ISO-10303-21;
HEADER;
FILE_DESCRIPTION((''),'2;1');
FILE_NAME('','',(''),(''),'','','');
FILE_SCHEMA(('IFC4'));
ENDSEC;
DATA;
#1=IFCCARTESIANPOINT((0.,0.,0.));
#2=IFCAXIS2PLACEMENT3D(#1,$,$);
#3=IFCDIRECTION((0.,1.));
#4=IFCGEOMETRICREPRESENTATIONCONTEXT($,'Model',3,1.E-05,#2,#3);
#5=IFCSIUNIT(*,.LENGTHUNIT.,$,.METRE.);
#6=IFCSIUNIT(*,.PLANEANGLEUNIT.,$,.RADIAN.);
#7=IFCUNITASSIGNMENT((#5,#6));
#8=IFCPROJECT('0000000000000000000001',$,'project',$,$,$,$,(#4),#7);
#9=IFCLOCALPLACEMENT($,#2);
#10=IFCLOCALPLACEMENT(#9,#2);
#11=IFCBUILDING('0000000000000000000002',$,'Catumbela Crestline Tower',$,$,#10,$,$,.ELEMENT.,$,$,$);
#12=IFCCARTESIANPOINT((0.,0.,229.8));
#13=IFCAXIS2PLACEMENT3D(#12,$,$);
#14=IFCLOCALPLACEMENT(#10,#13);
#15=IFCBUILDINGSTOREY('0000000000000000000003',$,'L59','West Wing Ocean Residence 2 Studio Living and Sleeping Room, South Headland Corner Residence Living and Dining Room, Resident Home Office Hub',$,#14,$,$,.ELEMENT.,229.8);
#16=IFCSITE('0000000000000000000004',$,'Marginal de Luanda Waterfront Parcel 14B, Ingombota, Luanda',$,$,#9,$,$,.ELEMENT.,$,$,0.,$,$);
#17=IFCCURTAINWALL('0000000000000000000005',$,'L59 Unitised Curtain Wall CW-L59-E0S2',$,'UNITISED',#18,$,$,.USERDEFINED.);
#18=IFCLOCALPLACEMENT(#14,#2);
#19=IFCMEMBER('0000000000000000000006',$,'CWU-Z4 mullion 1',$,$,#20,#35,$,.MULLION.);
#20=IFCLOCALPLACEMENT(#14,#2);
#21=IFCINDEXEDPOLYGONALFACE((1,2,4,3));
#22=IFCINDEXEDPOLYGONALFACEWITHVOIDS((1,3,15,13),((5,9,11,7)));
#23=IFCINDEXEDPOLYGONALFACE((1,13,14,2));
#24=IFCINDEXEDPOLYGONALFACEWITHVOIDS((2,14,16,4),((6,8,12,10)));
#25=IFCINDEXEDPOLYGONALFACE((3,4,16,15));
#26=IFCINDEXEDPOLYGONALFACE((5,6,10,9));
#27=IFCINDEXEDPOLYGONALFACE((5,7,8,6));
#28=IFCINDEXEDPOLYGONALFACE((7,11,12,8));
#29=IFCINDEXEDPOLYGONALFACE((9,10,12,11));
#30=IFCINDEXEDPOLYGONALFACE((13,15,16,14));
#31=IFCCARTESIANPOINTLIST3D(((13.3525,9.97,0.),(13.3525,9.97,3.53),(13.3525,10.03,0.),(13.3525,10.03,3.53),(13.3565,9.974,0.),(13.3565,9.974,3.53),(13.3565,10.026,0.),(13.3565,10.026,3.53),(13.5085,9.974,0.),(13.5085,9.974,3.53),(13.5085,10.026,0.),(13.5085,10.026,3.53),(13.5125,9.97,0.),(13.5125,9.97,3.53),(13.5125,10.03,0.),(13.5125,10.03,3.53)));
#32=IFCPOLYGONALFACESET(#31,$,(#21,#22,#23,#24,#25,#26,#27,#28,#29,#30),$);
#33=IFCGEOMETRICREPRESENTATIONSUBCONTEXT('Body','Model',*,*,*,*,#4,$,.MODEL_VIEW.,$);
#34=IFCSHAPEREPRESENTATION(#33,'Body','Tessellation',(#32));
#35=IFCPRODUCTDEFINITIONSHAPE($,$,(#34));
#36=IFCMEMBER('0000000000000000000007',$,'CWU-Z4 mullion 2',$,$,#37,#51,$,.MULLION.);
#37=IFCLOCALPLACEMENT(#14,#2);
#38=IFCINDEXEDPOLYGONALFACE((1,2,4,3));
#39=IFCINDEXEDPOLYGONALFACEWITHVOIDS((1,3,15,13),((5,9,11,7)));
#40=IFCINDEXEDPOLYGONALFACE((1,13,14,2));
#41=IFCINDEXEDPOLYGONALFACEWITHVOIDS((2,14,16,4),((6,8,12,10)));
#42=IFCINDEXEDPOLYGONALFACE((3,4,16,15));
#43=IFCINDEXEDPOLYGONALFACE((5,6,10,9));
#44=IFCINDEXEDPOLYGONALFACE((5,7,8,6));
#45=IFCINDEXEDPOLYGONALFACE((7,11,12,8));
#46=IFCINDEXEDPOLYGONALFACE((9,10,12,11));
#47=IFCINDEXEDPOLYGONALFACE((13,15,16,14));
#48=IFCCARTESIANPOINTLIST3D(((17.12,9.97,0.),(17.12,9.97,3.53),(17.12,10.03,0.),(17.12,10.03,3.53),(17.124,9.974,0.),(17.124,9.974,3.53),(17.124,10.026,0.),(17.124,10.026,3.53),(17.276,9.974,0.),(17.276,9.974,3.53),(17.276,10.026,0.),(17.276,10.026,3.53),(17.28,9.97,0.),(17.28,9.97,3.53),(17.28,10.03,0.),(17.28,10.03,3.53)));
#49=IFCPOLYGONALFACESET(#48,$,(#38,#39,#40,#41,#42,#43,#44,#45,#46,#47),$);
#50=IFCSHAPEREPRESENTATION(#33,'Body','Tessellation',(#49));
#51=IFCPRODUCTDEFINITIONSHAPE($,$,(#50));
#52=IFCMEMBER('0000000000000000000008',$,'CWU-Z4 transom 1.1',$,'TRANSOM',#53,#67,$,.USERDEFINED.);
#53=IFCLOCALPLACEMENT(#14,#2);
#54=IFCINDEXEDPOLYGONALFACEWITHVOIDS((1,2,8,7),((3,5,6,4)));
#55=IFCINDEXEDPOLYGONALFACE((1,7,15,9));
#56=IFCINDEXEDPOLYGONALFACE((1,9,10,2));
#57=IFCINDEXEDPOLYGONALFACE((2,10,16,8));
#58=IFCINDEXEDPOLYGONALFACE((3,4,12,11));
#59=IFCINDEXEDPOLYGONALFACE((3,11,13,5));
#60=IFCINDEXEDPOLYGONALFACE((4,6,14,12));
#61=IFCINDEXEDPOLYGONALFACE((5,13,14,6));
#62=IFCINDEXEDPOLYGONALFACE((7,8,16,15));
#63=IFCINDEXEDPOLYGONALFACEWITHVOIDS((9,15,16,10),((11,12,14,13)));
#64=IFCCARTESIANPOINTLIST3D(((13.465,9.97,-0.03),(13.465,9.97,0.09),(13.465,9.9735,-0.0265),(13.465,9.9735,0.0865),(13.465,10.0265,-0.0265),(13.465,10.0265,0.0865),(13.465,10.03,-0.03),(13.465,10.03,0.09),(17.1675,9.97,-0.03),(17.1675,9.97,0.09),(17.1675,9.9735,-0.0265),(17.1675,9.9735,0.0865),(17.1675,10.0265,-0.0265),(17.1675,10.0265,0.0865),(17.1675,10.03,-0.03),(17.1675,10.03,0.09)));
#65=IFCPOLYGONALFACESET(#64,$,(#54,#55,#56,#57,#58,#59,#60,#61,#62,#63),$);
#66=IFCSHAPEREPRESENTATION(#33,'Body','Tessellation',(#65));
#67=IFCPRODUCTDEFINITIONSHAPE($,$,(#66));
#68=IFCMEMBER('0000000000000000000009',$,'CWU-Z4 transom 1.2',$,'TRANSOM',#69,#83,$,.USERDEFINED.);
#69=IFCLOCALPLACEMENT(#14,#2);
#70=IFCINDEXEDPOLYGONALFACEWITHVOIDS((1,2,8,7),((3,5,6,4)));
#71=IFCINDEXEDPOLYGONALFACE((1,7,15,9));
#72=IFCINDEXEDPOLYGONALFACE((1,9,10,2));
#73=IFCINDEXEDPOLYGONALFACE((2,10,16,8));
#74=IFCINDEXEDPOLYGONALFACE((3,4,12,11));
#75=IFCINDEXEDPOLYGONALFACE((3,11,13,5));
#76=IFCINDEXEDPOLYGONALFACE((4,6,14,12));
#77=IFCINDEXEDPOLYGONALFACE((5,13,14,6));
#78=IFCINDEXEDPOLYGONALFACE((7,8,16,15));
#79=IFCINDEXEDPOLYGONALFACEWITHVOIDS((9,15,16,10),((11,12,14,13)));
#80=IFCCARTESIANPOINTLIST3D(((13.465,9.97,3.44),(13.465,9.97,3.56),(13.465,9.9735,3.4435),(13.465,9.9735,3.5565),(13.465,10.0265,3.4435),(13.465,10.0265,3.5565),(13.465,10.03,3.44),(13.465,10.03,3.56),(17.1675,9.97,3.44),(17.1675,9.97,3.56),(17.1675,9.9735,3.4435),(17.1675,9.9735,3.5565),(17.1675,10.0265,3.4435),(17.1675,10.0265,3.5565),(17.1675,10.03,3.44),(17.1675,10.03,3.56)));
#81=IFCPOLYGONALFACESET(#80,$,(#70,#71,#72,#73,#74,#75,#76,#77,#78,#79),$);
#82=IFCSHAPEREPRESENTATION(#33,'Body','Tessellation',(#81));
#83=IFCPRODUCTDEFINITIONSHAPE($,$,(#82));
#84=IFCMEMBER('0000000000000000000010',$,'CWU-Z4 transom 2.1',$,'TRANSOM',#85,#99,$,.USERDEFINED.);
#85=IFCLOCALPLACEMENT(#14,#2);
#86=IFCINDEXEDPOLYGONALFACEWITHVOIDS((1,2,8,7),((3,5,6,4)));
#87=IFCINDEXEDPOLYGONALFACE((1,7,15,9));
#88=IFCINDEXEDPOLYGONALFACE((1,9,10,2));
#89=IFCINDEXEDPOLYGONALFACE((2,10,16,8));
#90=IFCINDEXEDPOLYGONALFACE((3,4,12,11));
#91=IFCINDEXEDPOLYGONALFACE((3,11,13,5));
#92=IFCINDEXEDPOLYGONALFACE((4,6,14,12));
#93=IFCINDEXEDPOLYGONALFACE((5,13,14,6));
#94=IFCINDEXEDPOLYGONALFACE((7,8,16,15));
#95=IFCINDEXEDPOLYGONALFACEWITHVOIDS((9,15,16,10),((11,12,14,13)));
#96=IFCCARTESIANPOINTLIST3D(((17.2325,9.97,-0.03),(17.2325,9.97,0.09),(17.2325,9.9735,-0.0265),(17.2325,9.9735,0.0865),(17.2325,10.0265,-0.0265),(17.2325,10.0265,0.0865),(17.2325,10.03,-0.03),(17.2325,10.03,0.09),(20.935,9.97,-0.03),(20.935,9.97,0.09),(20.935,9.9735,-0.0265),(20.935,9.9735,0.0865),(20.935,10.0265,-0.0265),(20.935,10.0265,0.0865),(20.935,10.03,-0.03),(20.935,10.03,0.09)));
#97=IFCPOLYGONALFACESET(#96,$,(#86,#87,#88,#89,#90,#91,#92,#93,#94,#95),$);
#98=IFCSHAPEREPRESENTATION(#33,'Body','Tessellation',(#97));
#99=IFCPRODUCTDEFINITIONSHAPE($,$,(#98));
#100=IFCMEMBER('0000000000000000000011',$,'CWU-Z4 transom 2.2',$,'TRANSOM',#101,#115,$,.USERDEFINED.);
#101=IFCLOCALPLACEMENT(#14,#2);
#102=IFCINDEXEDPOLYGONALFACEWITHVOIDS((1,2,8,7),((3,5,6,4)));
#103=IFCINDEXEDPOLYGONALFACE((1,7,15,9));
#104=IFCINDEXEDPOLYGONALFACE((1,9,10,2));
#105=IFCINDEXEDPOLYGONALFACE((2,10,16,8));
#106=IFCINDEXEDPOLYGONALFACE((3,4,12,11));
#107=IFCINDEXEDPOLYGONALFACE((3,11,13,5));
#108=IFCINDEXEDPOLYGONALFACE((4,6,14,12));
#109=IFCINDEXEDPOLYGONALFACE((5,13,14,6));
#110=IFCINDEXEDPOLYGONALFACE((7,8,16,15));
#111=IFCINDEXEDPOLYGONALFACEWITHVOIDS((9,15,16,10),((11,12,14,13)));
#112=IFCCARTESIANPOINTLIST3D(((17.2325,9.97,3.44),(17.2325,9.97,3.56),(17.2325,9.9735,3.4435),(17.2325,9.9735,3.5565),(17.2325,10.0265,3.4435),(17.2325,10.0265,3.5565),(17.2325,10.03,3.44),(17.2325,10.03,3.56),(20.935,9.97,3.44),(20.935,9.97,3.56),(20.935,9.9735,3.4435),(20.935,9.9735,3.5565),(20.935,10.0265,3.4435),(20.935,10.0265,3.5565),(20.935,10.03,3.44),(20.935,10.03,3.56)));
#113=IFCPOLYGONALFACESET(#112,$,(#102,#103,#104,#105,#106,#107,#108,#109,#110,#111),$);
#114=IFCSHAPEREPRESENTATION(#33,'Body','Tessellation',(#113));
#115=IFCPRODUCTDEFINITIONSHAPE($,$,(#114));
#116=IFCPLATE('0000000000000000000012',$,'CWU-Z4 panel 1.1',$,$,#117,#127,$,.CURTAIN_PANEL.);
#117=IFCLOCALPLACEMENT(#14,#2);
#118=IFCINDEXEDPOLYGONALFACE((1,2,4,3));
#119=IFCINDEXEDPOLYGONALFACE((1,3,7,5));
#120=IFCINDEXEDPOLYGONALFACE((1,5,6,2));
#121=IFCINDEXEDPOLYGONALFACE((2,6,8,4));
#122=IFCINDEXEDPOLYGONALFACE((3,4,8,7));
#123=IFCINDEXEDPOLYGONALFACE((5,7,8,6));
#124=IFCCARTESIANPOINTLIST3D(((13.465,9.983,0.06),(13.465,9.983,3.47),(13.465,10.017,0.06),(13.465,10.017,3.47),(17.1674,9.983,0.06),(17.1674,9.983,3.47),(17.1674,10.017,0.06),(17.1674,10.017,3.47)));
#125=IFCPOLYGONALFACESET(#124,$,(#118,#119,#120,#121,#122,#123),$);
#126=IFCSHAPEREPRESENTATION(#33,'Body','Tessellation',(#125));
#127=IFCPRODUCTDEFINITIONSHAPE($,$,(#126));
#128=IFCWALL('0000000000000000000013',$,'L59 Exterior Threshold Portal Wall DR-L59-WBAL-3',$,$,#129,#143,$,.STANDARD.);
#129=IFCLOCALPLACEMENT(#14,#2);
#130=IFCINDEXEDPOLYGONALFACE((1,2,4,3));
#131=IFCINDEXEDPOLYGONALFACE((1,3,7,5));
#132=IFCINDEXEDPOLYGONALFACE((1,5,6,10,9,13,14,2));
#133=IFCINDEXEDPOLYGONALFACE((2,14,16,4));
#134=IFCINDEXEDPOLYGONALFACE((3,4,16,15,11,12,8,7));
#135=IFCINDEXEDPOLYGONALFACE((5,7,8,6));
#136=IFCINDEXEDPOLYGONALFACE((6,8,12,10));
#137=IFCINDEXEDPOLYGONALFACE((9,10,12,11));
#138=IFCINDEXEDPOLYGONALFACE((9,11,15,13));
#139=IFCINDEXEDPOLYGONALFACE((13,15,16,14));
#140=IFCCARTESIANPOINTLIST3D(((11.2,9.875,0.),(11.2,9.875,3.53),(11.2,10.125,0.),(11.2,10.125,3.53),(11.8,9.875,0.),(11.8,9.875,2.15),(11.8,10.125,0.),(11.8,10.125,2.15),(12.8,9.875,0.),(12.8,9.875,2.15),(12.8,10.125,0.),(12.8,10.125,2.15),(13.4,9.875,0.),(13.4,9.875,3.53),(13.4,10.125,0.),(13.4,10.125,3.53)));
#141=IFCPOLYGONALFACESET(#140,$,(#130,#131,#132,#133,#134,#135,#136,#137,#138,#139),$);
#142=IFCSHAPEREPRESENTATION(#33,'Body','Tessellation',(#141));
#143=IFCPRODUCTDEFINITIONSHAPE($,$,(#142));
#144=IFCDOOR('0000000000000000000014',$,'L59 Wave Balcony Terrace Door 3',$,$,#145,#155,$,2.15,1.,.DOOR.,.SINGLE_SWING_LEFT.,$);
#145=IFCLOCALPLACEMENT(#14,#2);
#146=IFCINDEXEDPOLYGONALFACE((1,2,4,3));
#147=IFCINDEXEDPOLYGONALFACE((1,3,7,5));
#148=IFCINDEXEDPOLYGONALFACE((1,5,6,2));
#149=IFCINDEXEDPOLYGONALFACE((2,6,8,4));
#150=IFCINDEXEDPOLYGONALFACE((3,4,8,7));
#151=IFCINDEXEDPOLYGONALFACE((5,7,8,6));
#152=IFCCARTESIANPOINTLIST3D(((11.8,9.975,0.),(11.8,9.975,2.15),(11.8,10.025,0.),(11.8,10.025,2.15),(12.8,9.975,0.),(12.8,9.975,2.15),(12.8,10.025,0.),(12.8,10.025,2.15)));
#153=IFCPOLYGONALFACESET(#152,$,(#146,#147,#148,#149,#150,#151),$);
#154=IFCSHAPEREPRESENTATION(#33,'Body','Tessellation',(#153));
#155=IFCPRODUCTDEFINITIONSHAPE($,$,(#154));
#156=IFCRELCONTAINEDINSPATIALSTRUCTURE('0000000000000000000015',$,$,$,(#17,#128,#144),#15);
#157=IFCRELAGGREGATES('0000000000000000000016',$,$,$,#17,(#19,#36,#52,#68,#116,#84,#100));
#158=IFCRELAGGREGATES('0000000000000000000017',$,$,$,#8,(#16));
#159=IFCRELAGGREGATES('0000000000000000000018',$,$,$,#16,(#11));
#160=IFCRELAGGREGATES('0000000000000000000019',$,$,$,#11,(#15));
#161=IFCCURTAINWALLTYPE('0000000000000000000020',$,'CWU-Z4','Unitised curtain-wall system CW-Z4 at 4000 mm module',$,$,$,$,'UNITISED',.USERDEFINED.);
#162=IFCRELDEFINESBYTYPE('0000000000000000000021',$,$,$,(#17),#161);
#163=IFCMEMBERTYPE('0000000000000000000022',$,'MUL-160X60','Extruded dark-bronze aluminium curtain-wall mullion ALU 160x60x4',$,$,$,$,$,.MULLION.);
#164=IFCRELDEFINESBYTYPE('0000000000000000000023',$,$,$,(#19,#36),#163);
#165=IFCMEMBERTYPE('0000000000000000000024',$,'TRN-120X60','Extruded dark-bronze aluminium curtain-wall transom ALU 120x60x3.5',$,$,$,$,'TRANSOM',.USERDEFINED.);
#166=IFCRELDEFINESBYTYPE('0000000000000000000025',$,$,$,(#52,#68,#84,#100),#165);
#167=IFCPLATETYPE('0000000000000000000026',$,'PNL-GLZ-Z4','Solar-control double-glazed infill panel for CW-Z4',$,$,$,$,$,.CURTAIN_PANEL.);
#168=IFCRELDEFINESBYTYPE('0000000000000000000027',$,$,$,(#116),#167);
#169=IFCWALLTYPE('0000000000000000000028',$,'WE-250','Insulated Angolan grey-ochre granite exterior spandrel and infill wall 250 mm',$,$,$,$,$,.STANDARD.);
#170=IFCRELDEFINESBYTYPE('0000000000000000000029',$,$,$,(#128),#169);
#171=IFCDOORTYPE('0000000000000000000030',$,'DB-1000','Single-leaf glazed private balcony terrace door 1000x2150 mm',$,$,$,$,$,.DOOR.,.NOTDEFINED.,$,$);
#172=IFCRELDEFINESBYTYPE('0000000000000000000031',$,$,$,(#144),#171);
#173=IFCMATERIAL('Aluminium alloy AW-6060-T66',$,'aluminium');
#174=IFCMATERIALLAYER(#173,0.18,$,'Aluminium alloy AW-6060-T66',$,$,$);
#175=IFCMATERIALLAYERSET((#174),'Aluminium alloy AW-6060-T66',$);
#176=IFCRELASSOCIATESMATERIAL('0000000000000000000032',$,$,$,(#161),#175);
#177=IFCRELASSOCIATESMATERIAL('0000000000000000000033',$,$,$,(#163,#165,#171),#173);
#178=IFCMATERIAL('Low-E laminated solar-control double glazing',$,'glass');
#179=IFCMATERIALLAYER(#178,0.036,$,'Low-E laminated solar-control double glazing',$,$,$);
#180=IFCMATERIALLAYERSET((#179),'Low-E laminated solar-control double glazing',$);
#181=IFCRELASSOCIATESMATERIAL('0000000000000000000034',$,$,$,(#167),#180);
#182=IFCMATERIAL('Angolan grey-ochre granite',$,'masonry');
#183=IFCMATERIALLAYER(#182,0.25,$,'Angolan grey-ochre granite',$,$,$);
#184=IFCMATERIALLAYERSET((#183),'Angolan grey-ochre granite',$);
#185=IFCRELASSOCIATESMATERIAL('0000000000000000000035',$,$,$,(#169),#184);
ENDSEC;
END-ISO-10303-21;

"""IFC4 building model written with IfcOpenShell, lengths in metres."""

from ifc_helpers import new_model, si_unit, direction, frame, frame_2d, origin, origin_2d, place, context, subcontext, project, spatial, rectangle, hollow_rectangle, extrude, material, layer, layer_set, material_profile, profile_set, type_object, element, fill, aggregate, save


model = new_model("IFC4")

# Units and contexts
model_context = context("Model", 3, precision=1e-05, world=origin(), true_north=direction((0.0, 1.0)))
body_context = subcontext(model_context, "Body", "Model", "MODEL_VIEW")
ifc_project = project(units=[si_unit("LENGTHUNIT", "METRE"), si_unit("PLANEANGLEUNIT", "RADIAN")], contexts=[model_context])

# Site, building, storey
site_placement = place(None, origin())
site = spatial("IfcSite", under=ifc_project, at=site_placement, Name="Marginal de Luanda Waterfront Parcel 14B, Ingombota, Luanda", CompositionType="ELEMENT", RefElevation=0.0)
building_placement = place(site_placement, origin())
building = spatial("IfcBuilding", under=site, at=building_placement, Name="Catumbela Crestline Tower", CompositionType="ELEMENT")
storey_placement = place(building_placement, frame((0.0, 0.0, 229.8)))
storey = spatial("IfcBuildingStorey", under=building, at=storey_placement, Name="L59", Description="West Wing Ocean Residence 2 Studio Living and Sleeping Room, South Headland Corner Residence Living and Dining Room, Resident Home Office Hub", CompositionType="ELEMENT", Elevation=229.8)

# Curtain wall, members, plate
ifc_material_1 = material(Name="Aluminium alloy AW-6060-T66", Category="aluminium")
ifc_layer_1 = layer(ifc_material_1, 0.18, Name="Aluminium alloy AW-6060-T66")
ifc_layer_set_1 = layer_set([ifc_layer_1], Name="Aluminium alloy AW-6060-T66")
curtain_wall_type = type_object("IfcCurtainWallType", Name="CWU-Z4", Description="Unitised curtain-wall system CW-Z4 at 4000 mm module", ElementType="UNITISED", PredefinedType="USERDEFINED", material=ifc_layer_set_1)
curtain_wall_placement = place(storey_placement, origin())
curtain_wall = element("IfcCurtainWall", 1, at=curtain_wall_placement, inside=storey, type_object=curtain_wall_type, Name="L59 Unitised Curtain Wall CW-L59-E0S2", ObjectType="UNITISED", PredefinedType="USERDEFINED")
ifc_material_profile_1 = material_profile(ifc_material_1, hollow_rectangle(XDim=0.06, YDim=0.16, WallThickness=0.004, at=origin_2d()), Name="ALU 160x60x4")
ifc_profile_set_1 = profile_set([ifc_material_profile_1], Name="Aluminium alloy AW-6060-T66")
member_type_1 = type_object("IfcMemberType", Name="MUL-160X60", Description="Extruded dark-bronze aluminium curtain-wall mullion ALU 160x60x4", PredefinedType="MULLION", material=ifc_profile_set_1)
member_1_placement = place(storey_placement, frame((13.4325, 10.0, 0.0), z_axis=(0.0, 0.0, 1.0), x_axis=(0.0, 1.0, 0.0)))
member_1 = element("IfcMember", 2, at=member_1_placement, type_object=member_type_1, Name="CWU-Z4 mullion 1", PredefinedType="MULLION", context=body_context, shape_type="SweptSolid", body=[
    extrude(hollow_rectangle(XDim=0.06, YDim=0.16, WallThickness=0.004, at=origin_2d()), origin(), (0.0, 0.0, 1.0), 3.53),
])
member_2_placement = place(storey_placement, frame((17.2, 10.0, 0.0), z_axis=(0.0, 0.0, 1.0), x_axis=(0.0, 1.0, 0.0)))
member_2 = element("IfcMember", 3, at=member_2_placement, type_object=member_type_1, Name="CWU-Z4 mullion 2", PredefinedType="MULLION", context=body_context, shape_type="SweptSolid", body=[
    extrude(hollow_rectangle(XDim=0.06, YDim=0.16, WallThickness=0.004, at=origin_2d()), origin(), (0.0, 0.0, 1.0), 3.53),
])
ifc_material_profile_2 = material_profile(ifc_material_1, hollow_rectangle(XDim=0.06, YDim=0.12, WallThickness=0.0035, at=origin_2d()), Name="ALU 120x60x3.5")
ifc_profile_set_2 = profile_set([ifc_material_profile_2], Name="Aluminium alloy AW-6060-T66")
member_type_2 = type_object("IfcMemberType", Name="TRN-120X60", Description="Extruded dark-bronze aluminium curtain-wall transom ALU 120x60x3.5", ElementType="TRANSOM", PredefinedType="USERDEFINED", material=ifc_profile_set_2)
member_3_placement = place(storey_placement, frame((13.465, 10.0, 0.03), z_axis=(1.0, 0.0, 0.0), x_axis=(0.0, 1.0, 0.0)))
member_3 = element("IfcMember", 4, at=member_3_placement, type_object=member_type_2, Name="CWU-Z4 transom 1.1", ObjectType="TRANSOM", PredefinedType="USERDEFINED", context=body_context, shape_type="SweptSolid", body=[
    extrude(hollow_rectangle(XDim=0.06, YDim=0.12, WallThickness=0.0035, at=origin_2d()), origin(), (0.0, 0.0, 1.0), 3.7025),
])
member_4_placement = place(storey_placement, frame((13.465, 10.0, 3.5), z_axis=(1.0, 0.0, 0.0), x_axis=(0.0, 1.0, 0.0)))
member_4 = element("IfcMember", 5, at=member_4_placement, type_object=member_type_2, Name="CWU-Z4 transom 1.2", ObjectType="TRANSOM", PredefinedType="USERDEFINED", context=body_context, shape_type="SweptSolid", body=[
    extrude(hollow_rectangle(XDim=0.06, YDim=0.12, WallThickness=0.0035, at=origin_2d()), origin(), (0.0, 0.0, 1.0), 3.7025),
])
member_5_placement = place(storey_placement, frame((17.2325, 10.0, 0.03), z_axis=(1.0, 0.0, 0.0), x_axis=(0.0, 1.0, 0.0)))
member_5 = element("IfcMember", 6, at=member_5_placement, type_object=member_type_2, Name="CWU-Z4 transom 2.1", ObjectType="TRANSOM", PredefinedType="USERDEFINED", context=body_context, shape_type="SweptSolid", body=[
    extrude(hollow_rectangle(XDim=0.06, YDim=0.12, WallThickness=0.0035, at=origin_2d()), origin(), (0.0, 0.0, 1.0), 3.7025),
])
member_6_placement = place(storey_placement, frame((17.2325, 10.0, 3.5), z_axis=(1.0, 0.0, 0.0), x_axis=(0.0, 1.0, 0.0)))
member_6 = element("IfcMember", 7, at=member_6_placement, type_object=member_type_2, Name="CWU-Z4 transom 2.2", ObjectType="TRANSOM", PredefinedType="USERDEFINED", context=body_context, shape_type="SweptSolid", body=[
    extrude(hollow_rectangle(XDim=0.06, YDim=0.12, WallThickness=0.0035, at=origin_2d()), origin(), (0.0, 0.0, 1.0), 3.7025),
])
ifc_material_2 = material(Name="Low-E laminated solar-control double glazing", Category="glass")
ifc_layer_2 = layer(ifc_material_2, 0.036, Name="Low-E laminated solar-control double glazing")
ifc_layer_set_2 = layer_set([ifc_layer_2], Name="Low-E laminated solar-control double glazing")
plate_type = type_object("IfcPlateType", Name="PNL-GLZ-Z4", Description="Solar-control double-glazed infill panel for CW-Z4", PredefinedType="CURTAIN_PANEL", material=ifc_layer_set_2)
plate_placement = place(storey_placement, frame((15.3162, 10.0, 0.06), z_axis=(0.0, 0.0, 1.0), x_axis=(1.0, 0.0, 0.0)))
plate = element("IfcPlate", 8, at=plate_placement, type_object=plate_type, Name="CWU-Z4 panel 1.1", PredefinedType="CURTAIN_PANEL", context=body_context, shape_type="SweptSolid", body=[
    extrude(rectangle(XDim=3.7025, YDim=0.034, at=origin_2d()), origin(), (0.0, 0.0, 1.0), 3.41),
])
aggregate(curtain_wall, [member_1, member_2, member_3, member_4, plate, member_5, member_6])

# Wall, opening, door
ifc_material_3 = material(Name="Angolan grey-ochre granite", Category="masonry")
ifc_layer_3 = layer(ifc_material_3, 0.25, Name="Angolan grey-ochre granite")
ifc_layer_set_3 = layer_set([ifc_layer_3], Name="Angolan grey-ochre granite")
wall_type = type_object("IfcWallType", Name="WE-250", Description="Insulated Angolan grey-ochre granite exterior spandrel and infill wall 250 mm", PredefinedType="STANDARD", material=ifc_layer_set_3)
wall_1_placement = place(storey_placement, frame((11.2, 10.0, 0.0), z_axis=(0.0, 0.0, 1.0), x_axis=(1.0, 0.0, 0.0)))
wall_1 = element("IfcWall", 9, at=wall_1_placement, inside=storey, type_object=wall_type, Name="L59 Exterior Threshold Portal Wall DR-L59-WBAL-3", PredefinedType="STANDARD", context=body_context, shape_type="SweptSolid", body=[
    extrude(rectangle(XDim=2.2, YDim=0.25, at=frame_2d((1.1, 0.0))), origin(), (0.0, 0.0, 1.0), 3.53),
])
opening_1_placement = place(wall_1_placement, frame((0.6, 0.0, 0.0)))
opening_1 = element("IfcOpeningElement", 10, at=opening_1_placement, cuts=wall_1, PredefinedType="OPENING", context=body_context, shape_type="SweptSolid", body=[
    extrude(rectangle(XDim=1.0, YDim=2.15, at=frame_2d((0.5, 1.075))), frame((0.0, 0.135, 0.0), z_axis=(0.0, -1.0, 0.0), x_axis=(1.0, 0.0, 0.0)), (0.0, 0.0, 1.0), 0.27),
])
door_type = type_object("IfcDoorType", Name="DB-1000", Description="Single-leaf glazed private balcony terrace door 1000x2150 mm", OperationType="NOTDEFINED", PredefinedType="DOOR", material=ifc_material_1)
door_placement = place(opening_1_placement, origin())
door = element("IfcDoor", 11, at=door_placement, inside=storey, type_object=door_type, Name="L59 Wave Balcony Terrace Door 3", OperationType="SINGLE_SWING_LEFT", OverallHeight=2.15, OverallWidth=1.0, PredefinedType="DOOR", context=body_context, shape_type="SweptSolid", body=[
    extrude(rectangle(XDim=1.0, YDim=2.15, at=frame_2d((0.5, 1.075))), frame((0.0, 0.025, 0.0), z_axis=(0.0, -1.0, 0.0), x_axis=(1.0, 0.0, 0.0)), (0.0, 0.0, 1.0), 0.05),
])
fill(opening_1, door)

save(model, "model.ifc")
